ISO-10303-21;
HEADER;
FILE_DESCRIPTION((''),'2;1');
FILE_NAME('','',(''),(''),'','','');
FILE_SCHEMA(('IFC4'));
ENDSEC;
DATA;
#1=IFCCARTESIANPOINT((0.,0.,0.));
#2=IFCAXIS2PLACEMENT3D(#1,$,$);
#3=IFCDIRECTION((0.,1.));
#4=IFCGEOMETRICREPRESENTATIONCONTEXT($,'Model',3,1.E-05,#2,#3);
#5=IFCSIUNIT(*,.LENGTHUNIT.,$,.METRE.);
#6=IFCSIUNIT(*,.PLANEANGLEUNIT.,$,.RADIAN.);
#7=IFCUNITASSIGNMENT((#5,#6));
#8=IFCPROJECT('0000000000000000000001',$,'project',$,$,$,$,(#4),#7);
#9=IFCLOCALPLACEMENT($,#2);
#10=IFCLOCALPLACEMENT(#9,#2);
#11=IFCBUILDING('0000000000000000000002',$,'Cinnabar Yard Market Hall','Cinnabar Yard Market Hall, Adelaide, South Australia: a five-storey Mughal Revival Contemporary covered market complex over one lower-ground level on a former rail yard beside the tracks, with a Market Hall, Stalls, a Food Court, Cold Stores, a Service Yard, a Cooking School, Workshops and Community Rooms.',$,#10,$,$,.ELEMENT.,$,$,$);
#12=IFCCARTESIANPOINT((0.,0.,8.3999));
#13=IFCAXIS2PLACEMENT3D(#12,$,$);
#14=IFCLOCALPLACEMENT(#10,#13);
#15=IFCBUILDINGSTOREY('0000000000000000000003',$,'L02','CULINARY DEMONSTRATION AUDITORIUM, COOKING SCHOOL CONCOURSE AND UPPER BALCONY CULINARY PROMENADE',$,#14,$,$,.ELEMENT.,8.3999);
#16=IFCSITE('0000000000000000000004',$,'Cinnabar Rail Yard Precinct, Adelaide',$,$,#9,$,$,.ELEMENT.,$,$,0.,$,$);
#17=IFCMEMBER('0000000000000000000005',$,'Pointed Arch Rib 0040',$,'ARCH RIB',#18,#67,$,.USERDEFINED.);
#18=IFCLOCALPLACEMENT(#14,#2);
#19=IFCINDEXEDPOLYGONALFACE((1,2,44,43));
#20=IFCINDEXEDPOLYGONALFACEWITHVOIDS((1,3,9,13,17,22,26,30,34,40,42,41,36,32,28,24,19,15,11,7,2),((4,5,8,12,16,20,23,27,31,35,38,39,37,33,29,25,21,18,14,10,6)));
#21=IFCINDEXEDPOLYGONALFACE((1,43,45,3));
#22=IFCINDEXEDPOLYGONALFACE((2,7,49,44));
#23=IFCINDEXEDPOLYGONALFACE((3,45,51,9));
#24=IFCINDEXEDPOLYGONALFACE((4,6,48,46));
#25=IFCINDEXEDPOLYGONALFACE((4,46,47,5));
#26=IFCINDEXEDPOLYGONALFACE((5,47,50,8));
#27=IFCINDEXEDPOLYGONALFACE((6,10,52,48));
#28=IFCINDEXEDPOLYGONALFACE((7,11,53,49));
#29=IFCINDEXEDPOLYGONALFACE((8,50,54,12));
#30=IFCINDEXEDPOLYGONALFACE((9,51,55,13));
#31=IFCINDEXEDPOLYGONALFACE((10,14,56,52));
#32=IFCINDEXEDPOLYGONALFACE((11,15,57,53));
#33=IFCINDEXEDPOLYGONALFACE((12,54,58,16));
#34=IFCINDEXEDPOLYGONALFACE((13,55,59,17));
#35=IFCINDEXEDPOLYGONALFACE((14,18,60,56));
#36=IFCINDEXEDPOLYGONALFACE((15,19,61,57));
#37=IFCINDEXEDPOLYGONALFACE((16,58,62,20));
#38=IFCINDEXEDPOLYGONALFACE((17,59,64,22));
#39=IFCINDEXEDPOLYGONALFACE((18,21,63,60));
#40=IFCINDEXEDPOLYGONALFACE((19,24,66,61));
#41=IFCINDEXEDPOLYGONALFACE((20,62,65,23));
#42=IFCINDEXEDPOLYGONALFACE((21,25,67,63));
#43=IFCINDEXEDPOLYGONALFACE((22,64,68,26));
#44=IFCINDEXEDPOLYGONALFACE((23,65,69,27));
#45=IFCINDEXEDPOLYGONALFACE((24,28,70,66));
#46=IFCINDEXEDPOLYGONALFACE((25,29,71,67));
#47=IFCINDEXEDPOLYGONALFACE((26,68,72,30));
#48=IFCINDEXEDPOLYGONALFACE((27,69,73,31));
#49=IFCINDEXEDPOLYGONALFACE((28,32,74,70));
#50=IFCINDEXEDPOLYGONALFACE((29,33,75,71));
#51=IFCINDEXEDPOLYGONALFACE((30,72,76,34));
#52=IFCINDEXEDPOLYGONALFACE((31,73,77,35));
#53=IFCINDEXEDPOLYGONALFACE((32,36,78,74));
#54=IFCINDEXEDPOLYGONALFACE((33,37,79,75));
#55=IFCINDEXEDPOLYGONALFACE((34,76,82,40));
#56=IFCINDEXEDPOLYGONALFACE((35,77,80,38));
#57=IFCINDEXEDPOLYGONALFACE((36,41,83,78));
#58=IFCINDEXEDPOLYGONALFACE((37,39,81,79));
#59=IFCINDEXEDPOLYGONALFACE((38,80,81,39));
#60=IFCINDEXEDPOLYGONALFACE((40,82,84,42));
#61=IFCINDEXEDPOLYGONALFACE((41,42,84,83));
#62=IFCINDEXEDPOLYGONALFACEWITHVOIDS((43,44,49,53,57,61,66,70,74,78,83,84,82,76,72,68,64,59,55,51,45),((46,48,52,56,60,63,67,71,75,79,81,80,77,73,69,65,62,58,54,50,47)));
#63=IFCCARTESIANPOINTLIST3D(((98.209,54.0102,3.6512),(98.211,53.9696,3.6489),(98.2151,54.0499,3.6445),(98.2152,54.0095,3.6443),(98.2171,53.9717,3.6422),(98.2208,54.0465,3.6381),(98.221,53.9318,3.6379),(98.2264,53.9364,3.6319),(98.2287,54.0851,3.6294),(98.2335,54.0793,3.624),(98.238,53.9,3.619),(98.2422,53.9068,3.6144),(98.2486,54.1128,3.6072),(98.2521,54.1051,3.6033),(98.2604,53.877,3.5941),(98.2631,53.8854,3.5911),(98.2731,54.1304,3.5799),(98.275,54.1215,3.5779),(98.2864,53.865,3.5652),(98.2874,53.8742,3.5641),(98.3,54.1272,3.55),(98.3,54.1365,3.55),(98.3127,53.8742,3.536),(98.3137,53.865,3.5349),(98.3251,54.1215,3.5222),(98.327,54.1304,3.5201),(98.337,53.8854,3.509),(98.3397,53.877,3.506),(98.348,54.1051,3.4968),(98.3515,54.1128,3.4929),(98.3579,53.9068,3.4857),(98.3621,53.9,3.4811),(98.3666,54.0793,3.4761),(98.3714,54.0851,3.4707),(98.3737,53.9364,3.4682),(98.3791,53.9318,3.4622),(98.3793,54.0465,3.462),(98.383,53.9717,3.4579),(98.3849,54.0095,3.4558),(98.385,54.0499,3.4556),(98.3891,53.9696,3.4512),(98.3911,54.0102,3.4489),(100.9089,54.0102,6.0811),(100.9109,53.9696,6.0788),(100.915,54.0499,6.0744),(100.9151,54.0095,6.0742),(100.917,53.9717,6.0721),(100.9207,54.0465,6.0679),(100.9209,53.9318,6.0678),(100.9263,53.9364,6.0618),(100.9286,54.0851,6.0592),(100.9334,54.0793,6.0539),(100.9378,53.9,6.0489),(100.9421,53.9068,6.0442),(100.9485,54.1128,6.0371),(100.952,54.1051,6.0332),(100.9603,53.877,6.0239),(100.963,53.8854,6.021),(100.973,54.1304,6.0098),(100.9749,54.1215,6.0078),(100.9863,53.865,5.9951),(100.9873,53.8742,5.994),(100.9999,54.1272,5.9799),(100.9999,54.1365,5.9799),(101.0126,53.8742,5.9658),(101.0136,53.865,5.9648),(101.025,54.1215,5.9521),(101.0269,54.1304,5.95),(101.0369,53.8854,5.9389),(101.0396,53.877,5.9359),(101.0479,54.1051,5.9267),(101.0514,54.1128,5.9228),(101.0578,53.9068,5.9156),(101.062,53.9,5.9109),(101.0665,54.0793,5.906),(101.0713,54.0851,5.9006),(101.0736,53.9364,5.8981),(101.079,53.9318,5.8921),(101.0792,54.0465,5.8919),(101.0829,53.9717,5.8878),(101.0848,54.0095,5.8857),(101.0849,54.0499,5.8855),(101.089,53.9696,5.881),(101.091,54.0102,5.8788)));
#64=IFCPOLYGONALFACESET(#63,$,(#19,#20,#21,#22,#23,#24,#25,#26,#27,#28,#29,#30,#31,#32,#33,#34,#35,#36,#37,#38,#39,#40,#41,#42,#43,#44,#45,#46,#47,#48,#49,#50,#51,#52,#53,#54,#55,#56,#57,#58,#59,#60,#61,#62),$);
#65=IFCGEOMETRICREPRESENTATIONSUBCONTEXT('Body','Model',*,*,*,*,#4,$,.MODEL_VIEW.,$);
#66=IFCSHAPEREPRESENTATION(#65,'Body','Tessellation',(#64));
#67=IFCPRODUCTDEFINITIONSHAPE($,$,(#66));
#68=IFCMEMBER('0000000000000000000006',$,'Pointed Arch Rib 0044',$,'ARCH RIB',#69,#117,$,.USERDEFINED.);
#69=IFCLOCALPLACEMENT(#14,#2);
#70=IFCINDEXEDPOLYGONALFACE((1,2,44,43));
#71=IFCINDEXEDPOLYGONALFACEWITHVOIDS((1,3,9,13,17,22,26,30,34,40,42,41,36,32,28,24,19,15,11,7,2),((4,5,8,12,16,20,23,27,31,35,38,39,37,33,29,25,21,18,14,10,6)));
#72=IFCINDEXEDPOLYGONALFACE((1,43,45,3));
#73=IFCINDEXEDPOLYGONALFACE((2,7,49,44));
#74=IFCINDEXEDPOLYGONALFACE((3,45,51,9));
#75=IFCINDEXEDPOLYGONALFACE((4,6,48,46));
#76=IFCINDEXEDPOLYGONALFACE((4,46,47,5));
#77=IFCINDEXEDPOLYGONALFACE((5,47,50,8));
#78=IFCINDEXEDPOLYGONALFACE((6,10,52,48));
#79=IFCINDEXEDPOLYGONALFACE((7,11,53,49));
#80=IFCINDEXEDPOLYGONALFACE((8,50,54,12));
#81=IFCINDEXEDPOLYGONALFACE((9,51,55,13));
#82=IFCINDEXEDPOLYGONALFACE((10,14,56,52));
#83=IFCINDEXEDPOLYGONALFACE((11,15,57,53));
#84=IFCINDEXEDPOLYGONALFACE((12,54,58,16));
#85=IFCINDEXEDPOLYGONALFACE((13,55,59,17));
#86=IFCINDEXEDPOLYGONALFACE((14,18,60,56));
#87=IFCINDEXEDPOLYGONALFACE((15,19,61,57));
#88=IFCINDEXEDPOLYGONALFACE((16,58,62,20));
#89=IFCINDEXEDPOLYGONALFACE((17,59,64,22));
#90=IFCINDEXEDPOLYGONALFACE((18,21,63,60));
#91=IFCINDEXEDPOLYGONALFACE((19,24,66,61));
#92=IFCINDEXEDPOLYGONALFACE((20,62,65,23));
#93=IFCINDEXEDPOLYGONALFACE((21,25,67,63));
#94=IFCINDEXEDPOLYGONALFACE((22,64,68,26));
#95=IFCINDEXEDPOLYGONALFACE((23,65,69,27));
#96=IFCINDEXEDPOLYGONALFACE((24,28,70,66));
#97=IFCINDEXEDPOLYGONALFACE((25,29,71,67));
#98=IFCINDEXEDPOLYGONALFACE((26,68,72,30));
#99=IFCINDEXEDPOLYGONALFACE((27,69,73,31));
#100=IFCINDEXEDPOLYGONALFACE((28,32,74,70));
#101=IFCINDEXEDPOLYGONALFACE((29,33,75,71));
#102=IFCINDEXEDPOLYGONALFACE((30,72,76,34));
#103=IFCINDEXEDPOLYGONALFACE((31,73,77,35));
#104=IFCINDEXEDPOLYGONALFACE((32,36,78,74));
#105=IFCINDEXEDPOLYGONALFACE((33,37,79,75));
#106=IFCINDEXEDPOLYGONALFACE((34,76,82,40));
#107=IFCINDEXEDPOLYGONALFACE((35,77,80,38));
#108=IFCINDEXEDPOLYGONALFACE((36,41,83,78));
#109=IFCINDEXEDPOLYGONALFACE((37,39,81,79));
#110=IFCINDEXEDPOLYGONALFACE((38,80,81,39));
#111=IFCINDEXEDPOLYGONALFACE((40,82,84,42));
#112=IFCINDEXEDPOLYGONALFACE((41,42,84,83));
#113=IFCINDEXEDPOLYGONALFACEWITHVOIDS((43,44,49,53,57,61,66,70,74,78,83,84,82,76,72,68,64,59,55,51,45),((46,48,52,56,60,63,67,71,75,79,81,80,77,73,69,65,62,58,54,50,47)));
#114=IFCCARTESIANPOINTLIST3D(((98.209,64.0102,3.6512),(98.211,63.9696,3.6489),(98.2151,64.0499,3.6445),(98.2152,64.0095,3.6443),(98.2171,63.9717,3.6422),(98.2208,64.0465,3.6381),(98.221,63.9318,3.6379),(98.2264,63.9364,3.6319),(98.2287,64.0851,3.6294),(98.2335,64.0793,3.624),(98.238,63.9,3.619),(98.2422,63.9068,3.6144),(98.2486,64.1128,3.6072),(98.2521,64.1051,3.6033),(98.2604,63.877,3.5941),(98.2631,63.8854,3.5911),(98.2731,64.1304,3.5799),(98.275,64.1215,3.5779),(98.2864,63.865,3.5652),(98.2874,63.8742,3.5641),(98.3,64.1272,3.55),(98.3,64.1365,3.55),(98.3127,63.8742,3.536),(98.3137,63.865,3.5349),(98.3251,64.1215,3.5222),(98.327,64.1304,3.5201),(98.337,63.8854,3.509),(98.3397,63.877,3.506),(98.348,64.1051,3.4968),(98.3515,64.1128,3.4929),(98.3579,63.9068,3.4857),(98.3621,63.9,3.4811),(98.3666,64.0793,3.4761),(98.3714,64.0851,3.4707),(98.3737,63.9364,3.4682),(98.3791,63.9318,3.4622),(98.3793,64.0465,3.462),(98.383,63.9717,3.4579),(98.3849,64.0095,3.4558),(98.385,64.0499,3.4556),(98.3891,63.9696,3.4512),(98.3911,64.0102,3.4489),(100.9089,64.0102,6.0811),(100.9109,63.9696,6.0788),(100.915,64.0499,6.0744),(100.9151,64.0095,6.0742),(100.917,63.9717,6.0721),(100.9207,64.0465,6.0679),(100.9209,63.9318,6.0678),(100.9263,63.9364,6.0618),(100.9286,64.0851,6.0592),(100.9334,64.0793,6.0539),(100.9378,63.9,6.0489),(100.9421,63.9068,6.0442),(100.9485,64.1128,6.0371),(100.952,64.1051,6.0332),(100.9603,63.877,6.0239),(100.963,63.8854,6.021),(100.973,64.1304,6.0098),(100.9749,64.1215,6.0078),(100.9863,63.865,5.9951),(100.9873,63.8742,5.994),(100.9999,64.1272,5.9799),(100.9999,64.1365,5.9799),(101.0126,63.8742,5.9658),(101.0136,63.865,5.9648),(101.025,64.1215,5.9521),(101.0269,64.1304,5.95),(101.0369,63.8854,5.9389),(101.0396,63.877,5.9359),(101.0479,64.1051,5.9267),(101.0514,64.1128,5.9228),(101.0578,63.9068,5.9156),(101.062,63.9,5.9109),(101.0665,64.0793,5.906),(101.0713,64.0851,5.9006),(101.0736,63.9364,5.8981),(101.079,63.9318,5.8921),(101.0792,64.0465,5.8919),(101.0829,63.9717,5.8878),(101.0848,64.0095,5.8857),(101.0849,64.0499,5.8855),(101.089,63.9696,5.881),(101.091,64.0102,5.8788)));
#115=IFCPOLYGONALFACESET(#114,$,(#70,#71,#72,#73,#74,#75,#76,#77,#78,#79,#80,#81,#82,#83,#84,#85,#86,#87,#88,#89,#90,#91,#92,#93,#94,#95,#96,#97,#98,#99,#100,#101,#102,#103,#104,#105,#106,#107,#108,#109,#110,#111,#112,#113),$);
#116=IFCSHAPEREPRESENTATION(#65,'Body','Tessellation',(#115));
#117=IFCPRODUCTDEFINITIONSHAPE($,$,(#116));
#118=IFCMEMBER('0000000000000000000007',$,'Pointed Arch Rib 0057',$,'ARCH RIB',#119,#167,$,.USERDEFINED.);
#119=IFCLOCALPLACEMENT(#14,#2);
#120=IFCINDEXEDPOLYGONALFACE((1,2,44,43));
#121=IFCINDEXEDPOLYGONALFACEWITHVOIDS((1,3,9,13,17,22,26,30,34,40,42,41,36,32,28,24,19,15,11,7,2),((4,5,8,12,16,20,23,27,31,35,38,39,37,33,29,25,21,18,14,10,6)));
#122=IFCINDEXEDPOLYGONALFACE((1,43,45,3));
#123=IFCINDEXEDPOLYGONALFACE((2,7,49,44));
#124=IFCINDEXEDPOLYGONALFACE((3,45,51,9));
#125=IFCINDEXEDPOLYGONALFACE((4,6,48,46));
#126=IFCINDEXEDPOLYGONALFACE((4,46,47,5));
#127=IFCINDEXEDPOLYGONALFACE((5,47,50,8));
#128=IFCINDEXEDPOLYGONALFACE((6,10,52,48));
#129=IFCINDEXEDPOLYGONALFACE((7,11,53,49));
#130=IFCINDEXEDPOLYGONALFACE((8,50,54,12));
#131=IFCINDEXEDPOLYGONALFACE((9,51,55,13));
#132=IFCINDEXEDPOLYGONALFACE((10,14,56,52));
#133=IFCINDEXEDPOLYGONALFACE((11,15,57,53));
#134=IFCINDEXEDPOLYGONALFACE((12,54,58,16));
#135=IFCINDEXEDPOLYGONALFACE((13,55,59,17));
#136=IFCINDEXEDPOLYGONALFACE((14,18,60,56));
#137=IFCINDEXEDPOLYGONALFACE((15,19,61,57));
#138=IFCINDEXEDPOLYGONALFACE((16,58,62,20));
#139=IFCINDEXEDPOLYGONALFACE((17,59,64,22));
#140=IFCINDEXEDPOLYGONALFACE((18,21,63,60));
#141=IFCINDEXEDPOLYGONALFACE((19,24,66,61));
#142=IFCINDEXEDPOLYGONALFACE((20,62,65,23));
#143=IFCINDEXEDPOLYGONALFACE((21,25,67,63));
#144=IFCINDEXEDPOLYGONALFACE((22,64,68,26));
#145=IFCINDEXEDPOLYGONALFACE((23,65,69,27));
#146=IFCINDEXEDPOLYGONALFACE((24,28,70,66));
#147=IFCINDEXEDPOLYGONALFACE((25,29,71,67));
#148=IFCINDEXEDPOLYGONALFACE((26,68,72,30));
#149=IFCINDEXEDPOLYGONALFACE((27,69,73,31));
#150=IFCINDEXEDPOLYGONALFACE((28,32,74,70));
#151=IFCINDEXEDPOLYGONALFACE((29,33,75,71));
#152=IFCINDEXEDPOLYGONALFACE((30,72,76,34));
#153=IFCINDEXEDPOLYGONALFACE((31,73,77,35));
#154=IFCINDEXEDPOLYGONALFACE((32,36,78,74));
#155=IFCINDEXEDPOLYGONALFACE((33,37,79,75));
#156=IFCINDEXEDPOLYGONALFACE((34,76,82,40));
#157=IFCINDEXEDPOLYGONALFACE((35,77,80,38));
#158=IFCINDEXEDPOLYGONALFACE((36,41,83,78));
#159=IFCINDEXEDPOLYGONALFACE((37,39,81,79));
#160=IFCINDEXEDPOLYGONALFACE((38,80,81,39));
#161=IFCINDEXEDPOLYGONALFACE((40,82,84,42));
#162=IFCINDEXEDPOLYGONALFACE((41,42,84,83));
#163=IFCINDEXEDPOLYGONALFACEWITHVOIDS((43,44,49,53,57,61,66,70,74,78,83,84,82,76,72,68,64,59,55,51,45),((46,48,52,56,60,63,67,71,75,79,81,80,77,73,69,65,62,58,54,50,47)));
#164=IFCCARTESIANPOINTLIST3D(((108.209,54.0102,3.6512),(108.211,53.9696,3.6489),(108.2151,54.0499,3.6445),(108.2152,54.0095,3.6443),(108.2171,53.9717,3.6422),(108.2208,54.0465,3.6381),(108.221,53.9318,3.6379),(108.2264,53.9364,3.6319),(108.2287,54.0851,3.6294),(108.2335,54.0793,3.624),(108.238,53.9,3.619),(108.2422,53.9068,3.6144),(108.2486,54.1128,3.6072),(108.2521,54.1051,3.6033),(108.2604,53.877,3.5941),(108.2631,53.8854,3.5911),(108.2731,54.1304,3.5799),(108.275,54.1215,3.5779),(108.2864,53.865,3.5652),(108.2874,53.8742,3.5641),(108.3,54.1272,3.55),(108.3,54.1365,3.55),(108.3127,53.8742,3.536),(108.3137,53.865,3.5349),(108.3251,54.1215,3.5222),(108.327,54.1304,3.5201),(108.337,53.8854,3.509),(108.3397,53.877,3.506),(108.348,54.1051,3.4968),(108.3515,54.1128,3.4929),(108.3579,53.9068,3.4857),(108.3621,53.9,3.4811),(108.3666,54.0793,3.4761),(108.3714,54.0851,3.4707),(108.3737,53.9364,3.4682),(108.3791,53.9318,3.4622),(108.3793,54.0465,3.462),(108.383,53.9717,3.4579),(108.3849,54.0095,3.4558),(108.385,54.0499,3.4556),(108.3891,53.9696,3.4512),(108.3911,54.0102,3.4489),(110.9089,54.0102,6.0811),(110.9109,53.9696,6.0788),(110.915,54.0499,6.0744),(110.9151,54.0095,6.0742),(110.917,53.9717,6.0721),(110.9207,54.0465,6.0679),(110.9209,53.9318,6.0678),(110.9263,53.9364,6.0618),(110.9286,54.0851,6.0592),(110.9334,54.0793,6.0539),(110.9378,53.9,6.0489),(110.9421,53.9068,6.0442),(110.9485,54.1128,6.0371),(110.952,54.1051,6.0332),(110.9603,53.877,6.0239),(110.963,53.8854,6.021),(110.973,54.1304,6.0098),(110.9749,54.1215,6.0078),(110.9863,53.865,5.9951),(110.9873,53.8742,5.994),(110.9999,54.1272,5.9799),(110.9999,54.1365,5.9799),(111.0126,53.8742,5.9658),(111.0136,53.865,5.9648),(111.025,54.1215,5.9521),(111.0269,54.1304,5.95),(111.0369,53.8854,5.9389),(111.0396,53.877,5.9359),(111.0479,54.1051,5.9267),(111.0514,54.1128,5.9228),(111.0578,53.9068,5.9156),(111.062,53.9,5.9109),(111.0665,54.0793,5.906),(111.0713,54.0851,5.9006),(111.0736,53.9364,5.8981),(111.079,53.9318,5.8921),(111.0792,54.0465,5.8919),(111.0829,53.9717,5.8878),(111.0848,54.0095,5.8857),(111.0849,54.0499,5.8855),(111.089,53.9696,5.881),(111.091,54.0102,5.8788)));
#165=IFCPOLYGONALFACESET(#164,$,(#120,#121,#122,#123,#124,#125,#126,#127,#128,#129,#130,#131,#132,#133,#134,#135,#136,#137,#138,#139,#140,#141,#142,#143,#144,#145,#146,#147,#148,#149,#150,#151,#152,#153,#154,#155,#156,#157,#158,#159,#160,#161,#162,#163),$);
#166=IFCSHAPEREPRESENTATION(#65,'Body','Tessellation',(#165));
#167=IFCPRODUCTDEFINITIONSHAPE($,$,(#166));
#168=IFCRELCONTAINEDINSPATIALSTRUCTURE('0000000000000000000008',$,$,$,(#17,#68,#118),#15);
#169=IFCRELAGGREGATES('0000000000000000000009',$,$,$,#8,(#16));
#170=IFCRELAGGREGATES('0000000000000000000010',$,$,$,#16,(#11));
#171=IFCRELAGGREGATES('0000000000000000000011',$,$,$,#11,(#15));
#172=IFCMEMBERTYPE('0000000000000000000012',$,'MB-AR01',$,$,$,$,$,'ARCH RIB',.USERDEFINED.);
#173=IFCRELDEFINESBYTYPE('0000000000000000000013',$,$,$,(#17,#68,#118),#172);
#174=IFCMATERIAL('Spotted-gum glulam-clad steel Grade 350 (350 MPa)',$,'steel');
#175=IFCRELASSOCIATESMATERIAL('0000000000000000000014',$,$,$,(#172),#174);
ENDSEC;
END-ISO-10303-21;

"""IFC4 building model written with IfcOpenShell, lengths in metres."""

from ifc_helpers import new_model, si_unit, direction, frame, origin, origin_2d_with_axis, place, context, subcontext, project, spatial, hollow_circle, extrude, material, material_profile, profile_set, type_object, element, save


model = new_model("IFC4")

# Units and contexts
model_context = context("Model", 3, precision=1e-05, world=origin(), true_north=direction((0.0, 1.0)))
body_context = subcontext(model_context, "Body", "Model", "MODEL_VIEW")
ifc_project = project(units=[si_unit("LENGTHUNIT", "METRE"), si_unit("PLANEANGLEUNIT", "RADIAN")], contexts=[model_context])

# Site, building, storey
site_placement = place(None, origin())
site = spatial("IfcSite", under=ifc_project, at=site_placement, Name="Cinnabar Rail Yard Precinct, Adelaide", CompositionType="ELEMENT", RefElevation=0.0)
building_placement = place(site_placement, origin())
building = spatial("IfcBuilding", under=site, at=building_placement, Name="Cinnabar Yard Market Hall", Description="Cinnabar Yard Market Hall, Adelaide, South Australia: a five-storey Mughal Revival Contemporary covered market complex over one lower-ground level on a former rail yard beside the tracks, with a Market Hall, Stalls, a Food Court, Cold Stores, a Service Yard, a Cooking School, Workshops and Community Rooms.", CompositionType="ELEMENT")
storey_placement = place(building_placement, frame((0.0, 0.0, 8.3999)))
storey = spatial("IfcBuildingStorey", under=building, at=storey_placement, Name="L02", Description="CULINARY DEMONSTRATION AUDITORIUM, COOKING SCHOOL CONCOURSE AND UPPER BALCONY CULINARY PROMENADE", CompositionType="ELEMENT", Elevation=8.3999)

# Shared definitions
ifc_material_1 = material(Name="Spotted-gum glulam-clad steel Grade 350 (350 MPa)", Category="steel")

# Members
ifc_material_profile_1 = material_profile(ifc_material_1, hollow_circle(Radius=0.1365, WallThickness=0.0093, at=origin_2d_with_axis()), Name="273.1x9.3CHS")
ifc_profile_set_1 = profile_set([ifc_material_profile_1], Name="Spotted-gum glulam-clad steel Grade 350 (350 MPa)")
member_type_1 = type_object("IfcMemberType", Name="MB-AR01", ElementType="ARCH RIB", PredefinedType="USERDEFINED", material=ifc_profile_set_1)
for number, where, z_axis, x_axis, name in (
    (1, (98.3, 54.0, 3.55), (0.743297, 0.0, 0.668961), (0.0, 1.0, 0.0), "Pointed Arch Rib 0040"),
    (2, (98.3, 64.0, 3.55), (0.743297, 0.0, 0.668961), (0.0, 1.0, 0.0), "Pointed Arch Rib 0044"),
    (3, (108.3, 54.0, 3.55), (0.743297, 0.0, 0.668961), (0.0, 1.0, 0.0), "Pointed Arch Rib 0057"),
):
    element("IfcMember", number, at=place(storey_placement, frame(where, z_axis=z_axis, x_axis=x_axis)), inside=storey, type_object=member_type_1, Name=name, ObjectType="ARCH RIB", PredefinedType="USERDEFINED", context=body_context, shape_type="SweptSolid", body=[
        extrude(hollow_circle(Radius=0.1365, WallThickness=0.0093, at=origin_2d_with_axis()), origin(), (0.0, 0.0, 1.0), 3.6323),
    ])

save(model, "model.ifc")
